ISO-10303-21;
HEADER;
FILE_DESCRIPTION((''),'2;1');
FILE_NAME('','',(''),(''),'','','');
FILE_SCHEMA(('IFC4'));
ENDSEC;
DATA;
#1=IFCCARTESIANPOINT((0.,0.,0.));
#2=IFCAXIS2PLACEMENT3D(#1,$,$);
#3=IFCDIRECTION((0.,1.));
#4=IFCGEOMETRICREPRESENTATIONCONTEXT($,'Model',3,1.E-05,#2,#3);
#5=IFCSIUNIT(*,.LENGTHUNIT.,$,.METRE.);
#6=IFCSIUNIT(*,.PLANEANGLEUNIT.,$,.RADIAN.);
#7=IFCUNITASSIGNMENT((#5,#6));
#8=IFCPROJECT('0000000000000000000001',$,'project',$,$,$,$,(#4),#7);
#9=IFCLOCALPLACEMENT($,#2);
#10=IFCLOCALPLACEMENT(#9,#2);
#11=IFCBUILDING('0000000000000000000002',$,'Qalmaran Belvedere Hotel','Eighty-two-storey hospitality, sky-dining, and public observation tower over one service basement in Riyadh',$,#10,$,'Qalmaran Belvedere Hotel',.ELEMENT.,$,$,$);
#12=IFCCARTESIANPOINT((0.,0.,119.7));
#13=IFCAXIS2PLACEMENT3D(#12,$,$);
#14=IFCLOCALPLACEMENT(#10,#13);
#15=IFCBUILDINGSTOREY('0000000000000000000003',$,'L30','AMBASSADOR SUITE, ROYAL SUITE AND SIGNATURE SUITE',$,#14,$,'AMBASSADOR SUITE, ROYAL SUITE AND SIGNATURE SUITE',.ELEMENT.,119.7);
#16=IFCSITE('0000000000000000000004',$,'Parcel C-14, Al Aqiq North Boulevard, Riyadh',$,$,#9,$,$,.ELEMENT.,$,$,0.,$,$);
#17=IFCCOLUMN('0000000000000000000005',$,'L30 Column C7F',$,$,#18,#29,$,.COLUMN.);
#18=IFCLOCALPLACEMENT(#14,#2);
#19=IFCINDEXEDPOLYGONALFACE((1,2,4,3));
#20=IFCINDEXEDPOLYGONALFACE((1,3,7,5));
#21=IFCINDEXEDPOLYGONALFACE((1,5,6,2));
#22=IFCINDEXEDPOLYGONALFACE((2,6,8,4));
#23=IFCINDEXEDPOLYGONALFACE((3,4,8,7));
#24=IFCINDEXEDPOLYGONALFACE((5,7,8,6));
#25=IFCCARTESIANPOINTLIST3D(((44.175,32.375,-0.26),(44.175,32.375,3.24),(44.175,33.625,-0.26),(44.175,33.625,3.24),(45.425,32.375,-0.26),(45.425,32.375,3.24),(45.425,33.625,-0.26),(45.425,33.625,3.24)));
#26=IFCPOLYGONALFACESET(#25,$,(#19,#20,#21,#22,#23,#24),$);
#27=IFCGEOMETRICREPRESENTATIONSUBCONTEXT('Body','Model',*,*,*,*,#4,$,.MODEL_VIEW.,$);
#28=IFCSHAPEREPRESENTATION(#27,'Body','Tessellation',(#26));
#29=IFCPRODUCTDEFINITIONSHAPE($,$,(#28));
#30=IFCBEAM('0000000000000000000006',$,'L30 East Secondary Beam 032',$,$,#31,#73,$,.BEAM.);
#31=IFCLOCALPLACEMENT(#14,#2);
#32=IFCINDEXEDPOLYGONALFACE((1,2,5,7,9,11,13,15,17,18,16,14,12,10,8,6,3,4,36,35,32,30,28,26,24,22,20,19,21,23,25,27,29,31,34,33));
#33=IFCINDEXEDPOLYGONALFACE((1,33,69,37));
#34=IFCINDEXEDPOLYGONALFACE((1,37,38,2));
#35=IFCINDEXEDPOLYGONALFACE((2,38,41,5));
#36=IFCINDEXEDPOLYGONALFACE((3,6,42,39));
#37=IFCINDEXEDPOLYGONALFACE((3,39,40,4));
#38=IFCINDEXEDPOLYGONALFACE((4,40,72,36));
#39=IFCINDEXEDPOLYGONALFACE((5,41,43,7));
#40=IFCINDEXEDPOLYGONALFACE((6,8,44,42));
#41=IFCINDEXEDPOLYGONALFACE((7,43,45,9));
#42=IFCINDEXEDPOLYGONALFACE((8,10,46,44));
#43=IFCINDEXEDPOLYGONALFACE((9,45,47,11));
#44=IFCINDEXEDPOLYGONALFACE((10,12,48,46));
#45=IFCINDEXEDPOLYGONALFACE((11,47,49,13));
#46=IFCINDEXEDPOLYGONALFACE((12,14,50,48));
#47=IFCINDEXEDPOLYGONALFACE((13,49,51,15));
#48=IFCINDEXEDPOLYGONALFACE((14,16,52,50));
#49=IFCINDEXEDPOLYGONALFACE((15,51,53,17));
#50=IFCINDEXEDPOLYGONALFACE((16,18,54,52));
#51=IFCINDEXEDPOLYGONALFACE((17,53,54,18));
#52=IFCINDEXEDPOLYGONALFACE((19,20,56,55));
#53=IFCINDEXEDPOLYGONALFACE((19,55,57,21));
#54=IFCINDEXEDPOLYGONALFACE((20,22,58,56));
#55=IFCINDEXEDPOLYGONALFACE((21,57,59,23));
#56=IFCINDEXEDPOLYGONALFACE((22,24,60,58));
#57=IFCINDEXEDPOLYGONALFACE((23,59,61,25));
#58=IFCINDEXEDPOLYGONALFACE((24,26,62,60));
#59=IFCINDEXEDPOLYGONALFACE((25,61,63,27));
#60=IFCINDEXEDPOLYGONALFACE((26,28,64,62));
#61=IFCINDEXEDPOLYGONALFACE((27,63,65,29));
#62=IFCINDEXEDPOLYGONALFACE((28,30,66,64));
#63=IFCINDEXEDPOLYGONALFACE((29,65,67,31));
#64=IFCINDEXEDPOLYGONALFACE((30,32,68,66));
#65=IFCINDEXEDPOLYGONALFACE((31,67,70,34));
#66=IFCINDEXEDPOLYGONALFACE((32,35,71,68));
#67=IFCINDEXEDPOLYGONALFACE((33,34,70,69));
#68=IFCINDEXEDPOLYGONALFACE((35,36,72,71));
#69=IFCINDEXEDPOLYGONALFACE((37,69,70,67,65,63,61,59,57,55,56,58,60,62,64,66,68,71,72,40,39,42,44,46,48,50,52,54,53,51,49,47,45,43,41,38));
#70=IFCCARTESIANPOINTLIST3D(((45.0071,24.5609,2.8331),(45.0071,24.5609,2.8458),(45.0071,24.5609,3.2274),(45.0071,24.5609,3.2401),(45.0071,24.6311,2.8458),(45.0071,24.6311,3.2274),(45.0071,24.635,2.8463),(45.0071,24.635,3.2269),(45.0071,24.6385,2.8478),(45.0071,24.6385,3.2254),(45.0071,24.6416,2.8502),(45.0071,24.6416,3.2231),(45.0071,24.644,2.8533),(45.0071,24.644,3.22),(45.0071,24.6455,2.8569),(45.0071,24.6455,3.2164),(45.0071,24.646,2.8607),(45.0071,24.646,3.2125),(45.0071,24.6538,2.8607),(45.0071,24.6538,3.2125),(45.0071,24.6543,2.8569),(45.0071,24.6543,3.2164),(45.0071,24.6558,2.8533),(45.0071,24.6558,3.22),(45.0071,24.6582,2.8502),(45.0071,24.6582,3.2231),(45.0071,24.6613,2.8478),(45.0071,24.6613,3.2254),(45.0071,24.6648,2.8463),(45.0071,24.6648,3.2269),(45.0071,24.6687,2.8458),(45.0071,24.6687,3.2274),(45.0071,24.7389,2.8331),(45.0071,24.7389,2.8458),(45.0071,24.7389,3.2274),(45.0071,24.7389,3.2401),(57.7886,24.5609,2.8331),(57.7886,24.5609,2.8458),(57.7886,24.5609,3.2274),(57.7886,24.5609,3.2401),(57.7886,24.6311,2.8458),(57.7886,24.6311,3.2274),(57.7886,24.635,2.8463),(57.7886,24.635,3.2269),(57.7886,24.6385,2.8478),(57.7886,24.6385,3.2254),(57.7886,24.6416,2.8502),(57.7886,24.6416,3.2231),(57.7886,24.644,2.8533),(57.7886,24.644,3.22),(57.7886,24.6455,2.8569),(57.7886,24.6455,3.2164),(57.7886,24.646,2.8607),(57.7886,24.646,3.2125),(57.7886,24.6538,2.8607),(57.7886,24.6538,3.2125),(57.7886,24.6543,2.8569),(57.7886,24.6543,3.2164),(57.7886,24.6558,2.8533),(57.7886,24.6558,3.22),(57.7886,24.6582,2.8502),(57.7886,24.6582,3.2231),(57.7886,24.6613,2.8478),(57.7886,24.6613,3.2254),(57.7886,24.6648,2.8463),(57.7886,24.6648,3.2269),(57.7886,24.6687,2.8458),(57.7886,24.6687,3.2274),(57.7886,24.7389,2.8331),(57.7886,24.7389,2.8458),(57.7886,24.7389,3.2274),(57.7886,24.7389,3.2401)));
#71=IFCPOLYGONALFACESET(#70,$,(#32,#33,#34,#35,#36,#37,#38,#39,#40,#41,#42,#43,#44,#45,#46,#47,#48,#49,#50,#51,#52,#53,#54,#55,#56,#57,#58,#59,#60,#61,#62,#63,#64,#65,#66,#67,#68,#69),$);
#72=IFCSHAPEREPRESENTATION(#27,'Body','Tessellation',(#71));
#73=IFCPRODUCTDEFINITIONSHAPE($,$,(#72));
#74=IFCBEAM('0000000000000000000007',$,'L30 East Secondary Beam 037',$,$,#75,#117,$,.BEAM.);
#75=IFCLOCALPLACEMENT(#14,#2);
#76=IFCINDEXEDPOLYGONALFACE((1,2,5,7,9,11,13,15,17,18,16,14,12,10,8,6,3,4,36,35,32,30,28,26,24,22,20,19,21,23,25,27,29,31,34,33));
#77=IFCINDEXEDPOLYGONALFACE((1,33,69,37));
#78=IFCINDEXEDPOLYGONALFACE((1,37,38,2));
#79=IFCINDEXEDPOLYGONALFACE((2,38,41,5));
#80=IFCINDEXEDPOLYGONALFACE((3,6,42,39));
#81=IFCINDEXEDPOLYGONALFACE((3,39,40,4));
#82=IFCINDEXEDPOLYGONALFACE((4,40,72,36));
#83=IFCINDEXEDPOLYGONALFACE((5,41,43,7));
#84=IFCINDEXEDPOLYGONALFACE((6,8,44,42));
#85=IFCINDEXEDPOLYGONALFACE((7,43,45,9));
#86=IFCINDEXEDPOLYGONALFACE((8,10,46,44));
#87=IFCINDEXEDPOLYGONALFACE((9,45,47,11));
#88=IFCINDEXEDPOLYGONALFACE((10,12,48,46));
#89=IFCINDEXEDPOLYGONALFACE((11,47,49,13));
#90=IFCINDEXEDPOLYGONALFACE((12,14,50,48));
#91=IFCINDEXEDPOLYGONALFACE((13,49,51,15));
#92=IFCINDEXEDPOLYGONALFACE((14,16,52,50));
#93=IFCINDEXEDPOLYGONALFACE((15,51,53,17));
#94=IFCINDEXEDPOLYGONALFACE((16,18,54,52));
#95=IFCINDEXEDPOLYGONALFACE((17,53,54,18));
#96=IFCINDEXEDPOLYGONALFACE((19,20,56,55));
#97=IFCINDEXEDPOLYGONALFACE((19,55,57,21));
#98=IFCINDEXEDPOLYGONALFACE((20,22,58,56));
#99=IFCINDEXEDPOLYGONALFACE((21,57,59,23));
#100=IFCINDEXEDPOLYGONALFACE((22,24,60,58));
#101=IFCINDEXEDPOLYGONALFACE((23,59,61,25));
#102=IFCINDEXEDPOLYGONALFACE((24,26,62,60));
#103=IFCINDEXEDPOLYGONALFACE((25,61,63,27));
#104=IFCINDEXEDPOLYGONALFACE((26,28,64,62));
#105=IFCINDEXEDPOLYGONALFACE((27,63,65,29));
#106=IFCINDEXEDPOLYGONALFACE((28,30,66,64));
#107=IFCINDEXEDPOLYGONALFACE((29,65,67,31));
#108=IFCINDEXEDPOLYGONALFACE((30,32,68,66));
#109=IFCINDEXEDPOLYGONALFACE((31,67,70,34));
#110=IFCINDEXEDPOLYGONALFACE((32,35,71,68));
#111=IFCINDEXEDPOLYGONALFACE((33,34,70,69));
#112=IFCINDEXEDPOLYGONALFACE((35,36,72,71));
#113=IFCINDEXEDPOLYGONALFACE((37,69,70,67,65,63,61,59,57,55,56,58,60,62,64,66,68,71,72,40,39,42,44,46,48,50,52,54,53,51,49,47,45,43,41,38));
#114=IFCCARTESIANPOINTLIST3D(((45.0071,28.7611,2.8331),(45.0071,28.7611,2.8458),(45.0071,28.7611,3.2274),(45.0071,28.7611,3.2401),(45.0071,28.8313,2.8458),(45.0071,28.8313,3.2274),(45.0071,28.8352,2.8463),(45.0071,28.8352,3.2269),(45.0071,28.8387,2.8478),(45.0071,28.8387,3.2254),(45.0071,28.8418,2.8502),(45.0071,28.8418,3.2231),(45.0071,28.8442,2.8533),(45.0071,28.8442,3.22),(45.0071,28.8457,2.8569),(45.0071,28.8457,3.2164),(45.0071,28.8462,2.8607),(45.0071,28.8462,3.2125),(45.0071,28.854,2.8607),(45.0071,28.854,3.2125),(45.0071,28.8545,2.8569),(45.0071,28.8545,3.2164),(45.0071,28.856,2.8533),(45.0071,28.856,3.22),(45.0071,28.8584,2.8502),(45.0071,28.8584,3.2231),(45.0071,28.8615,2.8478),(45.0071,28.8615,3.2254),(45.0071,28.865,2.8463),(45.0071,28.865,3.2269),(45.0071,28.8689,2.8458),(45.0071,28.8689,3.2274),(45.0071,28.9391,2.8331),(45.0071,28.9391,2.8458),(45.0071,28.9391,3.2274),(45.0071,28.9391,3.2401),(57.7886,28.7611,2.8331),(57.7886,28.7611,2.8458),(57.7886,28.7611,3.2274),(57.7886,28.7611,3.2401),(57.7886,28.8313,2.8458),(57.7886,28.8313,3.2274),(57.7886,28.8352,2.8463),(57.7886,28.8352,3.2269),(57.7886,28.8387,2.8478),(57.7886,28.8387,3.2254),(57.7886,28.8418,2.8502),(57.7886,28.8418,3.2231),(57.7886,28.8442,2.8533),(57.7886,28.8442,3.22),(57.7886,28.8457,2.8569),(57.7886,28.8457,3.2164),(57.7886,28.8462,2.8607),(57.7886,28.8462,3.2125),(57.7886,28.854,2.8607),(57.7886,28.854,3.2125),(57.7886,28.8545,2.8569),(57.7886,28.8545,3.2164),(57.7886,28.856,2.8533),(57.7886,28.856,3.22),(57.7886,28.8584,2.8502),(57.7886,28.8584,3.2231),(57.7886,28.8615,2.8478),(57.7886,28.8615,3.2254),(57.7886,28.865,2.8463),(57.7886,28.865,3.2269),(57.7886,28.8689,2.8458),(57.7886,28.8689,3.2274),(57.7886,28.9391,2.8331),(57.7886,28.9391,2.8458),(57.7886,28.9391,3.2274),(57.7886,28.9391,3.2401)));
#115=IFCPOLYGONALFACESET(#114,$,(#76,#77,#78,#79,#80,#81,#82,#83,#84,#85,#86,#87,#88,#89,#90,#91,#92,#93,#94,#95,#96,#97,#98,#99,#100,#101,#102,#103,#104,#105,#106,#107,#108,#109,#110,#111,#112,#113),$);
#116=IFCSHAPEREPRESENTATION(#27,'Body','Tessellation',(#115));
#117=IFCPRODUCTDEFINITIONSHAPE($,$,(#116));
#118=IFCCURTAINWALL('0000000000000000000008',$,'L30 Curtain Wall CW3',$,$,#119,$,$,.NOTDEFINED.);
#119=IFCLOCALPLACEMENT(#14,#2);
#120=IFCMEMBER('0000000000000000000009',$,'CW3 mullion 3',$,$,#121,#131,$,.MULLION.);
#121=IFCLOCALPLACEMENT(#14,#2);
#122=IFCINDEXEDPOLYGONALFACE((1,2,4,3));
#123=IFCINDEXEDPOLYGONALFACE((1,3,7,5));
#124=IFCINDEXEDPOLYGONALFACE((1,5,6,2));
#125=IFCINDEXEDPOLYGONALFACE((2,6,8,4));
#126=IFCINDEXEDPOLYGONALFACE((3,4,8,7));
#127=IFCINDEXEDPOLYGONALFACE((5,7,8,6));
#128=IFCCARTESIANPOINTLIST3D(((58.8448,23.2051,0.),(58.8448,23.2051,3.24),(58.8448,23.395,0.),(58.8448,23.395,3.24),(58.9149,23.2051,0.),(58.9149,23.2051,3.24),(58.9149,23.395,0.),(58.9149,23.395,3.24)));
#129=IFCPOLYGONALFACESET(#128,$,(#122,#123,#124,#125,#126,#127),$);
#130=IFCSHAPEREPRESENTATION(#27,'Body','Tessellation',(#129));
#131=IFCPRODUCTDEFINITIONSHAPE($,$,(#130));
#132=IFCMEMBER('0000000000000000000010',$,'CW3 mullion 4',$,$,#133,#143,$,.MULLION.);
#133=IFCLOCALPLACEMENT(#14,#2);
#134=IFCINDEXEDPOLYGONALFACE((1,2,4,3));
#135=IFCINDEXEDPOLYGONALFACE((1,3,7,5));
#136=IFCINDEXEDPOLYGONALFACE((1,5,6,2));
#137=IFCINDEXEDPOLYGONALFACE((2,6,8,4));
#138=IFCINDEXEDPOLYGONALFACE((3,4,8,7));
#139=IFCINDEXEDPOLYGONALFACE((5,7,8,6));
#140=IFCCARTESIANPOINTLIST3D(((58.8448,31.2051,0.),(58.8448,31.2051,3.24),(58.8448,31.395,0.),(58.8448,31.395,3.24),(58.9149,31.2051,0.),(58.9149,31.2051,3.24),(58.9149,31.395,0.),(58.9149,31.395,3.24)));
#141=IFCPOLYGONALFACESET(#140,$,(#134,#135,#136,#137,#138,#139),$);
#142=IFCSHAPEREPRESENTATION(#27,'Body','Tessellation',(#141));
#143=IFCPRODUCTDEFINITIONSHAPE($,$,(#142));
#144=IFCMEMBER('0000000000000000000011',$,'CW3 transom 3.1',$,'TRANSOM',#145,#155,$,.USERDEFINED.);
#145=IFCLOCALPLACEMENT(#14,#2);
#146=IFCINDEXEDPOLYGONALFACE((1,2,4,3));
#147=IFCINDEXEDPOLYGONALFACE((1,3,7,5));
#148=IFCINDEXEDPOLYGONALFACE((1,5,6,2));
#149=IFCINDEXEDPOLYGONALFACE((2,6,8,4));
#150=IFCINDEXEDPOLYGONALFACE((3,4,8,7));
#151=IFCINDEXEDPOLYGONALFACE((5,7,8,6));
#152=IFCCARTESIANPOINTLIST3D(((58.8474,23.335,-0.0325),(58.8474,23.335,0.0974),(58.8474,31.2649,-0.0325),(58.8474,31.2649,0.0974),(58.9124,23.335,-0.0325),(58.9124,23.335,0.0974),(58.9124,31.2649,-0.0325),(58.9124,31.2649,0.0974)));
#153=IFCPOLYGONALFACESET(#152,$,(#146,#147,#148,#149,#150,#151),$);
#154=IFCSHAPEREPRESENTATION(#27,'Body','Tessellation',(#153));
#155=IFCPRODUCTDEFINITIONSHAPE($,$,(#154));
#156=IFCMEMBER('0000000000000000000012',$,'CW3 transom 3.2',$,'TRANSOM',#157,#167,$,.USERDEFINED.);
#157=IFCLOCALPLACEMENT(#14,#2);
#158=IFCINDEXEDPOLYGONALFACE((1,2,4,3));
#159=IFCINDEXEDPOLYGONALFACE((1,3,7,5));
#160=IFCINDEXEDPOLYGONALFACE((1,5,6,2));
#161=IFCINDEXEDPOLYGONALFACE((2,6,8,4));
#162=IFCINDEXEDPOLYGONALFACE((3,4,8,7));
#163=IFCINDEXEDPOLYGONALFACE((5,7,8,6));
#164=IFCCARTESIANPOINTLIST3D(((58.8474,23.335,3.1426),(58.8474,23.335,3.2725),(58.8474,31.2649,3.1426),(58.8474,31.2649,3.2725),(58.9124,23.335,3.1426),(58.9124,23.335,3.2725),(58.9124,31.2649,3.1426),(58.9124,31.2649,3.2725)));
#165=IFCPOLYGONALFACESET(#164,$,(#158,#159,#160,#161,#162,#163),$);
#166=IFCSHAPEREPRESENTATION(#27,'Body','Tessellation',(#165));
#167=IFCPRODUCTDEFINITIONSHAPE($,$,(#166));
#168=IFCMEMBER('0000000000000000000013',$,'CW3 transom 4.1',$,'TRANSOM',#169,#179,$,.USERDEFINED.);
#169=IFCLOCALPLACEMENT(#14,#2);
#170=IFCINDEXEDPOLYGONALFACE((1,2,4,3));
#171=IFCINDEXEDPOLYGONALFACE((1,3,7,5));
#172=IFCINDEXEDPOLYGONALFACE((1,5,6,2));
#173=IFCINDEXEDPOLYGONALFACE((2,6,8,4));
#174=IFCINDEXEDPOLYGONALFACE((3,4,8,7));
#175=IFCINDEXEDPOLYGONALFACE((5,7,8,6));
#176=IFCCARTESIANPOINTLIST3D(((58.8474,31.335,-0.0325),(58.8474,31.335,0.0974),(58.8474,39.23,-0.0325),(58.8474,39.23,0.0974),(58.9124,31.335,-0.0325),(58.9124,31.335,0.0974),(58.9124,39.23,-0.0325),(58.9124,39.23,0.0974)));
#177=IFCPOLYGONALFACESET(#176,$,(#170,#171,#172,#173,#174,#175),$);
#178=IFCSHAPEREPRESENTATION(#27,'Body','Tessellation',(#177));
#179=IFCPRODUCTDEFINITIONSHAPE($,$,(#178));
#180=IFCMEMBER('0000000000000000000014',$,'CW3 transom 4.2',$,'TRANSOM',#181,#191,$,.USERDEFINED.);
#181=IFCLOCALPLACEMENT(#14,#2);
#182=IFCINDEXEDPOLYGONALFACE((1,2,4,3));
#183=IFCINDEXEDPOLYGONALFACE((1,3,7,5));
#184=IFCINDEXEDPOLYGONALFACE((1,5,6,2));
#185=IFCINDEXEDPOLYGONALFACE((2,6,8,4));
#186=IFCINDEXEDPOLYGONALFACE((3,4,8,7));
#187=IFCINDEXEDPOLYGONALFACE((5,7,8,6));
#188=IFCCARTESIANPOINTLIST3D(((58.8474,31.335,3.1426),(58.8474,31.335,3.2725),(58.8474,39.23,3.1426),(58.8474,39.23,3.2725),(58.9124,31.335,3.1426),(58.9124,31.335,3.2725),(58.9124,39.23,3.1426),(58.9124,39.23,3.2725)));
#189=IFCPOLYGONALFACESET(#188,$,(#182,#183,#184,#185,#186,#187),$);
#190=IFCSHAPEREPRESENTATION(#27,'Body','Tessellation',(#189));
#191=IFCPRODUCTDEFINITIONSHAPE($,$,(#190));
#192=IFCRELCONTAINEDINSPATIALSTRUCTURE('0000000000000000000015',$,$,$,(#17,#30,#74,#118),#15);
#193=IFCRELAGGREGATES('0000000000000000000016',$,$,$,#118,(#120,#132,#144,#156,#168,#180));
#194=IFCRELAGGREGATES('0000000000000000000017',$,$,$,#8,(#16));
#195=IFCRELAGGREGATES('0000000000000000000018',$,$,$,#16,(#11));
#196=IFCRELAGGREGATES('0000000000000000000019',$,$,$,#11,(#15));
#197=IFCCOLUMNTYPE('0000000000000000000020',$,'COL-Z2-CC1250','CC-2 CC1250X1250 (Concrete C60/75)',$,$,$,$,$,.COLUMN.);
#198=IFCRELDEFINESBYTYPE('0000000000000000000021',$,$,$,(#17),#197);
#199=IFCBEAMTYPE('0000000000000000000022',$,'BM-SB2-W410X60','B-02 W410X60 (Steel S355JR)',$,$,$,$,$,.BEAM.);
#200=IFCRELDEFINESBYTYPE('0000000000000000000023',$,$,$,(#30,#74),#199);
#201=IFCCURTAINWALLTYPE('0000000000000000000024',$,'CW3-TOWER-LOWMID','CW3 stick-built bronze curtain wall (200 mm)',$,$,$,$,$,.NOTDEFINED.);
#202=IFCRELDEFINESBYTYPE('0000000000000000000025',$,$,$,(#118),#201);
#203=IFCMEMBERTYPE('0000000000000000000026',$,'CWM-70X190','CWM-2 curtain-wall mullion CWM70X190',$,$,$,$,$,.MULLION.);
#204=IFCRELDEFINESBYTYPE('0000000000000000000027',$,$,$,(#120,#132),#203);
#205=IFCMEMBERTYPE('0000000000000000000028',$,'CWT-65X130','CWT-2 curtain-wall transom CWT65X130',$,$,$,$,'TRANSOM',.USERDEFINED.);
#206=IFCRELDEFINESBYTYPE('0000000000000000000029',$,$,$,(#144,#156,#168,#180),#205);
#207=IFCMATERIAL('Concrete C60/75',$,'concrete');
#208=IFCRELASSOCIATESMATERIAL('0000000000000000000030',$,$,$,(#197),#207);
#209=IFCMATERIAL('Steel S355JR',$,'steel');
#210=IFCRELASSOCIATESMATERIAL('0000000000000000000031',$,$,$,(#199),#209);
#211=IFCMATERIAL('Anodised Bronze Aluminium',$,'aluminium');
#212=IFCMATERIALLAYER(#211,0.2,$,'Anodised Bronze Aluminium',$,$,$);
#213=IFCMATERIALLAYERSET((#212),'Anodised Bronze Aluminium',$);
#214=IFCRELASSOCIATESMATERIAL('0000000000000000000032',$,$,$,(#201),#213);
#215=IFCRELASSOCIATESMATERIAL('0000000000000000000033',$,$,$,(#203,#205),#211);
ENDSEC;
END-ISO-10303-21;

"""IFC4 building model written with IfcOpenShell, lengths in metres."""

from ifc_helpers import new_model, si_unit, direction, frame, origin, origin_2d, place, context, subcontext, project, spatial, rectangle, i_section, extrude, material, layer, layer_set, material_profile, profile_set, type_object, element, aggregate, save


model = new_model("IFC4")

# Units and contexts
model_context = context("Model", 3, precision=1e-05, world=origin(), true_north=direction((0.0, 1.0)))
body_context = subcontext(model_context, "Body", "Model", "MODEL_VIEW")
ifc_project = project(units=[si_unit("LENGTHUNIT", "METRE"), si_unit("PLANEANGLEUNIT", "RADIAN")], contexts=[model_context])

# Site, building, storey
site_placement = place(None, origin())
site = spatial("IfcSite", under=ifc_project, at=site_placement, Name="Parcel C-14, Al Aqiq North Boulevard, Riyadh", CompositionType="ELEMENT", RefElevation=0.0)
building_placement = place(site_placement, origin())
building = spatial("IfcBuilding", under=site, at=building_placement, Name="Qalmaran Belvedere Hotel", Description="Eighty-two-storey hospitality, sky-dining, and public observation tower over one service basement in Riyadh", LongName="Qalmaran Belvedere Hotel", CompositionType="ELEMENT")
storey_placement = place(building_placement, frame((0.0, 0.0, 119.7)))
storey = spatial("IfcBuildingStorey", under=building, at=storey_placement, Name="L30", Description="AMBASSADOR SUITE, ROYAL SUITE AND SIGNATURE SUITE", LongName="AMBASSADOR SUITE, ROYAL SUITE AND SIGNATURE SUITE", CompositionType="ELEMENT", Elevation=119.7)

# Column
ifc_material_1 = material(Name="Concrete C60/75", Category="concrete")
ifc_material_profile_1 = material_profile(ifc_material_1, rectangle(XDim=1.25, YDim=1.25, at=origin_2d()), Name="CC1250X1250")
ifc_profile_set_1 = profile_set([ifc_material_profile_1], Name="Concrete C60/75")
column_type = type_object("IfcColumnType", Name="COL-Z2-CC1250", Description="CC-2 CC1250X1250 (Concrete C60/75)", PredefinedType="COLUMN", material=ifc_profile_set_1)
column_placement = place(storey_placement, frame((44.8, 33.0, -0.26), z_axis=(0.0, 0.0, 1.0), x_axis=(1.0, 0.0, 0.0)))
element("IfcColumn", 1, at=column_placement, inside=storey, type_object=column_type, Name="L30 Column C7F", PredefinedType="COLUMN", context=body_context, shape_type="SweptSolid", body=[
    extrude(rectangle(XDim=1.25, YDim=1.25, at=origin_2d()), origin(), (0.0, 0.0, 1.0), 3.5),
])

# Beams
ifc_material_2 = material(Name="Steel S355JR", Category="steel")
ifc_material_profile_2 = material_profile(ifc_material_2, i_section(OverallWidth=0.178, OverallDepth=0.407, WebThickness=0.0078, FlangeThickness=0.0127, FilletRadius=0.0149, at=origin_2d()), Name="W410X60")
ifc_profile_set_2 = profile_set([ifc_material_profile_2], Name="Steel S355JR")
beam_type = type_object("IfcBeamType", Name="BM-SB2-W410X60", Description="B-02 W410X60 (Steel S355JR)", PredefinedType="BEAM", material=ifc_profile_set_2)
for number, where, z_axis, x_axis, name in (
    (2, (45.0071, 24.6499, 3.0366), (1.0, 0.0, 0.0), (0.0, 1.0, 0.0), "L30 East Secondary Beam 032"),
    (3, (45.0071, 28.8501, 3.0366), (1.0, 0.0, 0.0), (0.0, 1.0, 0.0), "L30 East Secondary Beam 037"),
):
    element("IfcBeam", number, at=place(storey_placement, frame(where, z_axis=z_axis, x_axis=x_axis)), inside=storey, type_object=beam_type, Name=name, PredefinedType="BEAM", context=body_context, shape_type="SweptSolid", body=[
        extrude(i_section(OverallWidth=0.178, OverallDepth=0.407, WebThickness=0.0078, FlangeThickness=0.0127, FilletRadius=0.0149, at=origin_2d()), origin(), (0.0, 0.0, 1.0), 12.7815),
    ])

# Curtain wall, members
ifc_material_3 = material(Name="Anodised Bronze Aluminium", Category="aluminium")
ifc_layer_1 = layer(ifc_material_3, 0.2, Name="Anodised Bronze Aluminium")
ifc_layer_set_1 = layer_set([ifc_layer_1], Name="Anodised Bronze Aluminium")
curtain_wall_type = type_object("IfcCurtainWallType", Name="CW3-TOWER-LOWMID", Description="CW3 stick-built bronze curtain wall (200 mm)", PredefinedType="NOTDEFINED", material=ifc_layer_set_1)
curtain_wall_placement = place(storey_placement, origin())
curtain_wall = element("IfcCurtainWall", 4, at=curtain_wall_placement, inside=storey, type_object=curtain_wall_type, Name="L30 Curtain Wall CW3", PredefinedType="NOTDEFINED")
ifc_material_profile_3 = material_profile(ifc_material_3, rectangle(XDim=0.0701, YDim=0.1899, at=origin_2d()), Name="CWM70X190")
ifc_profile_set_3 = profile_set([ifc_material_profile_3], Name="Anodised Bronze Aluminium")
member_type_1 = type_object("IfcMemberType", Name="CWM-70X190", Description="CWM-2 curtain-wall mullion CWM70X190", PredefinedType="MULLION", material=ifc_profile_set_3)
member_1_placement = place(storey_placement, frame((58.8799, 23.3, 0.0), z_axis=(0.0, 0.0, 1.0), x_axis=(-1.0, 0.0, 0.0)))
member_1 = element("IfcMember", 5, at=member_1_placement, type_object=member_type_1, Name="CW3 mullion 3", PredefinedType="MULLION", context=body_context, shape_type="SweptSolid", body=[
    extrude(rectangle(XDim=0.0701, YDim=0.1899, at=origin_2d()), origin(), (0.0, 0.0, 1.0), 3.24),
])
member_2_placement = place(storey_placement, frame((58.8799, 31.3, 0.0), z_axis=(0.0, 0.0, 1.0), x_axis=(-1.0, 0.0, 0.0)))
member_2 = element("IfcMember", 6, at=member_2_placement, type_object=member_type_1, Name="CW3 mullion 4", PredefinedType="MULLION", context=body_context, shape_type="SweptSolid", body=[
    extrude(rectangle(XDim=0.0701, YDim=0.1899, at=origin_2d()), origin(), (0.0, 0.0, 1.0), 3.24),
])
ifc_material_profile_4 = material_profile(ifc_material_3, rectangle(XDim=0.0649, YDim=0.1299, at=origin_2d()), Name="CWT65X130")
ifc_profile_set_4 = profile_set([ifc_material_profile_4], Name="Anodised Bronze Aluminium")
member_type_2 = type_object("IfcMemberType", Name="CWT-65X130", Description="CWT-2 curtain-wall transom CWT65X130", ElementType="TRANSOM", PredefinedType="USERDEFINED", material=ifc_profile_set_4)
member_3_placement = place(storey_placement, frame((58.8799, 23.335, 0.0325), z_axis=(0.0, 1.0, 0.0), x_axis=(-1.0, 0.0, 0.0)))
member_3 = element("IfcMember", 7, at=member_3_placement, type_object=member_type_2, Name="CW3 transom 3.1", ObjectType="TRANSOM", PredefinedType="USERDEFINED", context=body_context, shape_type="SweptSolid", body=[
    extrude(rectangle(XDim=0.0649, YDim=0.1299, at=origin_2d()), origin(), (0.0, 0.0, 1.0), 7.9299),
])
member_4_placement = place(storey_placement, frame((58.8799, 23.335, 3.2075), z_axis=(0.0, 1.0, 0.0), x_axis=(-1.0, 0.0, 0.0)))
member_4 = element("IfcMember", 8, at=member_4_placement, type_object=member_type_2, Name="CW3 transom 3.2", ObjectType="TRANSOM", PredefinedType="USERDEFINED", context=body_context, shape_type="SweptSolid", body=[
    extrude(rectangle(XDim=0.0649, YDim=0.1299, at=origin_2d()), origin(), (0.0, 0.0, 1.0), 7.9299),
])
member_5_placement = place(storey_placement, frame((58.8799, 31.335, 0.0325), z_axis=(0.0, 1.0, 0.0), x_axis=(-1.0, 0.0, 0.0)))
member_5 = element("IfcMember", 9, at=member_5_placement, type_object=member_type_2, Name="CW3 transom 4.1", ObjectType="TRANSOM", PredefinedType="USERDEFINED", context=body_context, shape_type="SweptSolid", body=[
    extrude(rectangle(XDim=0.0649, YDim=0.1299, at=origin_2d()), origin(), (0.0, 0.0, 1.0), 7.895),
])
member_6_placement = place(storey_placement, frame((58.8799, 31.335, 3.2075), z_axis=(0.0, 1.0, 0.0), x_axis=(-1.0, 0.0, 0.0)))
member_6 = element("IfcMember", 10, at=member_6_placement, type_object=member_type_2, Name="CW3 transom 4.2", ObjectType="TRANSOM", PredefinedType="USERDEFINED", context=body_context, shape_type="SweptSolid", body=[
    extrude(rectangle(XDim=0.0649, YDim=0.1299, at=origin_2d()), origin(), (0.0, 0.0, 1.0), 7.895),
])
aggregate(curtain_wall, [member_1, member_2, member_3, member_4, member_5, member_6])

save(model, "model.ifc")
